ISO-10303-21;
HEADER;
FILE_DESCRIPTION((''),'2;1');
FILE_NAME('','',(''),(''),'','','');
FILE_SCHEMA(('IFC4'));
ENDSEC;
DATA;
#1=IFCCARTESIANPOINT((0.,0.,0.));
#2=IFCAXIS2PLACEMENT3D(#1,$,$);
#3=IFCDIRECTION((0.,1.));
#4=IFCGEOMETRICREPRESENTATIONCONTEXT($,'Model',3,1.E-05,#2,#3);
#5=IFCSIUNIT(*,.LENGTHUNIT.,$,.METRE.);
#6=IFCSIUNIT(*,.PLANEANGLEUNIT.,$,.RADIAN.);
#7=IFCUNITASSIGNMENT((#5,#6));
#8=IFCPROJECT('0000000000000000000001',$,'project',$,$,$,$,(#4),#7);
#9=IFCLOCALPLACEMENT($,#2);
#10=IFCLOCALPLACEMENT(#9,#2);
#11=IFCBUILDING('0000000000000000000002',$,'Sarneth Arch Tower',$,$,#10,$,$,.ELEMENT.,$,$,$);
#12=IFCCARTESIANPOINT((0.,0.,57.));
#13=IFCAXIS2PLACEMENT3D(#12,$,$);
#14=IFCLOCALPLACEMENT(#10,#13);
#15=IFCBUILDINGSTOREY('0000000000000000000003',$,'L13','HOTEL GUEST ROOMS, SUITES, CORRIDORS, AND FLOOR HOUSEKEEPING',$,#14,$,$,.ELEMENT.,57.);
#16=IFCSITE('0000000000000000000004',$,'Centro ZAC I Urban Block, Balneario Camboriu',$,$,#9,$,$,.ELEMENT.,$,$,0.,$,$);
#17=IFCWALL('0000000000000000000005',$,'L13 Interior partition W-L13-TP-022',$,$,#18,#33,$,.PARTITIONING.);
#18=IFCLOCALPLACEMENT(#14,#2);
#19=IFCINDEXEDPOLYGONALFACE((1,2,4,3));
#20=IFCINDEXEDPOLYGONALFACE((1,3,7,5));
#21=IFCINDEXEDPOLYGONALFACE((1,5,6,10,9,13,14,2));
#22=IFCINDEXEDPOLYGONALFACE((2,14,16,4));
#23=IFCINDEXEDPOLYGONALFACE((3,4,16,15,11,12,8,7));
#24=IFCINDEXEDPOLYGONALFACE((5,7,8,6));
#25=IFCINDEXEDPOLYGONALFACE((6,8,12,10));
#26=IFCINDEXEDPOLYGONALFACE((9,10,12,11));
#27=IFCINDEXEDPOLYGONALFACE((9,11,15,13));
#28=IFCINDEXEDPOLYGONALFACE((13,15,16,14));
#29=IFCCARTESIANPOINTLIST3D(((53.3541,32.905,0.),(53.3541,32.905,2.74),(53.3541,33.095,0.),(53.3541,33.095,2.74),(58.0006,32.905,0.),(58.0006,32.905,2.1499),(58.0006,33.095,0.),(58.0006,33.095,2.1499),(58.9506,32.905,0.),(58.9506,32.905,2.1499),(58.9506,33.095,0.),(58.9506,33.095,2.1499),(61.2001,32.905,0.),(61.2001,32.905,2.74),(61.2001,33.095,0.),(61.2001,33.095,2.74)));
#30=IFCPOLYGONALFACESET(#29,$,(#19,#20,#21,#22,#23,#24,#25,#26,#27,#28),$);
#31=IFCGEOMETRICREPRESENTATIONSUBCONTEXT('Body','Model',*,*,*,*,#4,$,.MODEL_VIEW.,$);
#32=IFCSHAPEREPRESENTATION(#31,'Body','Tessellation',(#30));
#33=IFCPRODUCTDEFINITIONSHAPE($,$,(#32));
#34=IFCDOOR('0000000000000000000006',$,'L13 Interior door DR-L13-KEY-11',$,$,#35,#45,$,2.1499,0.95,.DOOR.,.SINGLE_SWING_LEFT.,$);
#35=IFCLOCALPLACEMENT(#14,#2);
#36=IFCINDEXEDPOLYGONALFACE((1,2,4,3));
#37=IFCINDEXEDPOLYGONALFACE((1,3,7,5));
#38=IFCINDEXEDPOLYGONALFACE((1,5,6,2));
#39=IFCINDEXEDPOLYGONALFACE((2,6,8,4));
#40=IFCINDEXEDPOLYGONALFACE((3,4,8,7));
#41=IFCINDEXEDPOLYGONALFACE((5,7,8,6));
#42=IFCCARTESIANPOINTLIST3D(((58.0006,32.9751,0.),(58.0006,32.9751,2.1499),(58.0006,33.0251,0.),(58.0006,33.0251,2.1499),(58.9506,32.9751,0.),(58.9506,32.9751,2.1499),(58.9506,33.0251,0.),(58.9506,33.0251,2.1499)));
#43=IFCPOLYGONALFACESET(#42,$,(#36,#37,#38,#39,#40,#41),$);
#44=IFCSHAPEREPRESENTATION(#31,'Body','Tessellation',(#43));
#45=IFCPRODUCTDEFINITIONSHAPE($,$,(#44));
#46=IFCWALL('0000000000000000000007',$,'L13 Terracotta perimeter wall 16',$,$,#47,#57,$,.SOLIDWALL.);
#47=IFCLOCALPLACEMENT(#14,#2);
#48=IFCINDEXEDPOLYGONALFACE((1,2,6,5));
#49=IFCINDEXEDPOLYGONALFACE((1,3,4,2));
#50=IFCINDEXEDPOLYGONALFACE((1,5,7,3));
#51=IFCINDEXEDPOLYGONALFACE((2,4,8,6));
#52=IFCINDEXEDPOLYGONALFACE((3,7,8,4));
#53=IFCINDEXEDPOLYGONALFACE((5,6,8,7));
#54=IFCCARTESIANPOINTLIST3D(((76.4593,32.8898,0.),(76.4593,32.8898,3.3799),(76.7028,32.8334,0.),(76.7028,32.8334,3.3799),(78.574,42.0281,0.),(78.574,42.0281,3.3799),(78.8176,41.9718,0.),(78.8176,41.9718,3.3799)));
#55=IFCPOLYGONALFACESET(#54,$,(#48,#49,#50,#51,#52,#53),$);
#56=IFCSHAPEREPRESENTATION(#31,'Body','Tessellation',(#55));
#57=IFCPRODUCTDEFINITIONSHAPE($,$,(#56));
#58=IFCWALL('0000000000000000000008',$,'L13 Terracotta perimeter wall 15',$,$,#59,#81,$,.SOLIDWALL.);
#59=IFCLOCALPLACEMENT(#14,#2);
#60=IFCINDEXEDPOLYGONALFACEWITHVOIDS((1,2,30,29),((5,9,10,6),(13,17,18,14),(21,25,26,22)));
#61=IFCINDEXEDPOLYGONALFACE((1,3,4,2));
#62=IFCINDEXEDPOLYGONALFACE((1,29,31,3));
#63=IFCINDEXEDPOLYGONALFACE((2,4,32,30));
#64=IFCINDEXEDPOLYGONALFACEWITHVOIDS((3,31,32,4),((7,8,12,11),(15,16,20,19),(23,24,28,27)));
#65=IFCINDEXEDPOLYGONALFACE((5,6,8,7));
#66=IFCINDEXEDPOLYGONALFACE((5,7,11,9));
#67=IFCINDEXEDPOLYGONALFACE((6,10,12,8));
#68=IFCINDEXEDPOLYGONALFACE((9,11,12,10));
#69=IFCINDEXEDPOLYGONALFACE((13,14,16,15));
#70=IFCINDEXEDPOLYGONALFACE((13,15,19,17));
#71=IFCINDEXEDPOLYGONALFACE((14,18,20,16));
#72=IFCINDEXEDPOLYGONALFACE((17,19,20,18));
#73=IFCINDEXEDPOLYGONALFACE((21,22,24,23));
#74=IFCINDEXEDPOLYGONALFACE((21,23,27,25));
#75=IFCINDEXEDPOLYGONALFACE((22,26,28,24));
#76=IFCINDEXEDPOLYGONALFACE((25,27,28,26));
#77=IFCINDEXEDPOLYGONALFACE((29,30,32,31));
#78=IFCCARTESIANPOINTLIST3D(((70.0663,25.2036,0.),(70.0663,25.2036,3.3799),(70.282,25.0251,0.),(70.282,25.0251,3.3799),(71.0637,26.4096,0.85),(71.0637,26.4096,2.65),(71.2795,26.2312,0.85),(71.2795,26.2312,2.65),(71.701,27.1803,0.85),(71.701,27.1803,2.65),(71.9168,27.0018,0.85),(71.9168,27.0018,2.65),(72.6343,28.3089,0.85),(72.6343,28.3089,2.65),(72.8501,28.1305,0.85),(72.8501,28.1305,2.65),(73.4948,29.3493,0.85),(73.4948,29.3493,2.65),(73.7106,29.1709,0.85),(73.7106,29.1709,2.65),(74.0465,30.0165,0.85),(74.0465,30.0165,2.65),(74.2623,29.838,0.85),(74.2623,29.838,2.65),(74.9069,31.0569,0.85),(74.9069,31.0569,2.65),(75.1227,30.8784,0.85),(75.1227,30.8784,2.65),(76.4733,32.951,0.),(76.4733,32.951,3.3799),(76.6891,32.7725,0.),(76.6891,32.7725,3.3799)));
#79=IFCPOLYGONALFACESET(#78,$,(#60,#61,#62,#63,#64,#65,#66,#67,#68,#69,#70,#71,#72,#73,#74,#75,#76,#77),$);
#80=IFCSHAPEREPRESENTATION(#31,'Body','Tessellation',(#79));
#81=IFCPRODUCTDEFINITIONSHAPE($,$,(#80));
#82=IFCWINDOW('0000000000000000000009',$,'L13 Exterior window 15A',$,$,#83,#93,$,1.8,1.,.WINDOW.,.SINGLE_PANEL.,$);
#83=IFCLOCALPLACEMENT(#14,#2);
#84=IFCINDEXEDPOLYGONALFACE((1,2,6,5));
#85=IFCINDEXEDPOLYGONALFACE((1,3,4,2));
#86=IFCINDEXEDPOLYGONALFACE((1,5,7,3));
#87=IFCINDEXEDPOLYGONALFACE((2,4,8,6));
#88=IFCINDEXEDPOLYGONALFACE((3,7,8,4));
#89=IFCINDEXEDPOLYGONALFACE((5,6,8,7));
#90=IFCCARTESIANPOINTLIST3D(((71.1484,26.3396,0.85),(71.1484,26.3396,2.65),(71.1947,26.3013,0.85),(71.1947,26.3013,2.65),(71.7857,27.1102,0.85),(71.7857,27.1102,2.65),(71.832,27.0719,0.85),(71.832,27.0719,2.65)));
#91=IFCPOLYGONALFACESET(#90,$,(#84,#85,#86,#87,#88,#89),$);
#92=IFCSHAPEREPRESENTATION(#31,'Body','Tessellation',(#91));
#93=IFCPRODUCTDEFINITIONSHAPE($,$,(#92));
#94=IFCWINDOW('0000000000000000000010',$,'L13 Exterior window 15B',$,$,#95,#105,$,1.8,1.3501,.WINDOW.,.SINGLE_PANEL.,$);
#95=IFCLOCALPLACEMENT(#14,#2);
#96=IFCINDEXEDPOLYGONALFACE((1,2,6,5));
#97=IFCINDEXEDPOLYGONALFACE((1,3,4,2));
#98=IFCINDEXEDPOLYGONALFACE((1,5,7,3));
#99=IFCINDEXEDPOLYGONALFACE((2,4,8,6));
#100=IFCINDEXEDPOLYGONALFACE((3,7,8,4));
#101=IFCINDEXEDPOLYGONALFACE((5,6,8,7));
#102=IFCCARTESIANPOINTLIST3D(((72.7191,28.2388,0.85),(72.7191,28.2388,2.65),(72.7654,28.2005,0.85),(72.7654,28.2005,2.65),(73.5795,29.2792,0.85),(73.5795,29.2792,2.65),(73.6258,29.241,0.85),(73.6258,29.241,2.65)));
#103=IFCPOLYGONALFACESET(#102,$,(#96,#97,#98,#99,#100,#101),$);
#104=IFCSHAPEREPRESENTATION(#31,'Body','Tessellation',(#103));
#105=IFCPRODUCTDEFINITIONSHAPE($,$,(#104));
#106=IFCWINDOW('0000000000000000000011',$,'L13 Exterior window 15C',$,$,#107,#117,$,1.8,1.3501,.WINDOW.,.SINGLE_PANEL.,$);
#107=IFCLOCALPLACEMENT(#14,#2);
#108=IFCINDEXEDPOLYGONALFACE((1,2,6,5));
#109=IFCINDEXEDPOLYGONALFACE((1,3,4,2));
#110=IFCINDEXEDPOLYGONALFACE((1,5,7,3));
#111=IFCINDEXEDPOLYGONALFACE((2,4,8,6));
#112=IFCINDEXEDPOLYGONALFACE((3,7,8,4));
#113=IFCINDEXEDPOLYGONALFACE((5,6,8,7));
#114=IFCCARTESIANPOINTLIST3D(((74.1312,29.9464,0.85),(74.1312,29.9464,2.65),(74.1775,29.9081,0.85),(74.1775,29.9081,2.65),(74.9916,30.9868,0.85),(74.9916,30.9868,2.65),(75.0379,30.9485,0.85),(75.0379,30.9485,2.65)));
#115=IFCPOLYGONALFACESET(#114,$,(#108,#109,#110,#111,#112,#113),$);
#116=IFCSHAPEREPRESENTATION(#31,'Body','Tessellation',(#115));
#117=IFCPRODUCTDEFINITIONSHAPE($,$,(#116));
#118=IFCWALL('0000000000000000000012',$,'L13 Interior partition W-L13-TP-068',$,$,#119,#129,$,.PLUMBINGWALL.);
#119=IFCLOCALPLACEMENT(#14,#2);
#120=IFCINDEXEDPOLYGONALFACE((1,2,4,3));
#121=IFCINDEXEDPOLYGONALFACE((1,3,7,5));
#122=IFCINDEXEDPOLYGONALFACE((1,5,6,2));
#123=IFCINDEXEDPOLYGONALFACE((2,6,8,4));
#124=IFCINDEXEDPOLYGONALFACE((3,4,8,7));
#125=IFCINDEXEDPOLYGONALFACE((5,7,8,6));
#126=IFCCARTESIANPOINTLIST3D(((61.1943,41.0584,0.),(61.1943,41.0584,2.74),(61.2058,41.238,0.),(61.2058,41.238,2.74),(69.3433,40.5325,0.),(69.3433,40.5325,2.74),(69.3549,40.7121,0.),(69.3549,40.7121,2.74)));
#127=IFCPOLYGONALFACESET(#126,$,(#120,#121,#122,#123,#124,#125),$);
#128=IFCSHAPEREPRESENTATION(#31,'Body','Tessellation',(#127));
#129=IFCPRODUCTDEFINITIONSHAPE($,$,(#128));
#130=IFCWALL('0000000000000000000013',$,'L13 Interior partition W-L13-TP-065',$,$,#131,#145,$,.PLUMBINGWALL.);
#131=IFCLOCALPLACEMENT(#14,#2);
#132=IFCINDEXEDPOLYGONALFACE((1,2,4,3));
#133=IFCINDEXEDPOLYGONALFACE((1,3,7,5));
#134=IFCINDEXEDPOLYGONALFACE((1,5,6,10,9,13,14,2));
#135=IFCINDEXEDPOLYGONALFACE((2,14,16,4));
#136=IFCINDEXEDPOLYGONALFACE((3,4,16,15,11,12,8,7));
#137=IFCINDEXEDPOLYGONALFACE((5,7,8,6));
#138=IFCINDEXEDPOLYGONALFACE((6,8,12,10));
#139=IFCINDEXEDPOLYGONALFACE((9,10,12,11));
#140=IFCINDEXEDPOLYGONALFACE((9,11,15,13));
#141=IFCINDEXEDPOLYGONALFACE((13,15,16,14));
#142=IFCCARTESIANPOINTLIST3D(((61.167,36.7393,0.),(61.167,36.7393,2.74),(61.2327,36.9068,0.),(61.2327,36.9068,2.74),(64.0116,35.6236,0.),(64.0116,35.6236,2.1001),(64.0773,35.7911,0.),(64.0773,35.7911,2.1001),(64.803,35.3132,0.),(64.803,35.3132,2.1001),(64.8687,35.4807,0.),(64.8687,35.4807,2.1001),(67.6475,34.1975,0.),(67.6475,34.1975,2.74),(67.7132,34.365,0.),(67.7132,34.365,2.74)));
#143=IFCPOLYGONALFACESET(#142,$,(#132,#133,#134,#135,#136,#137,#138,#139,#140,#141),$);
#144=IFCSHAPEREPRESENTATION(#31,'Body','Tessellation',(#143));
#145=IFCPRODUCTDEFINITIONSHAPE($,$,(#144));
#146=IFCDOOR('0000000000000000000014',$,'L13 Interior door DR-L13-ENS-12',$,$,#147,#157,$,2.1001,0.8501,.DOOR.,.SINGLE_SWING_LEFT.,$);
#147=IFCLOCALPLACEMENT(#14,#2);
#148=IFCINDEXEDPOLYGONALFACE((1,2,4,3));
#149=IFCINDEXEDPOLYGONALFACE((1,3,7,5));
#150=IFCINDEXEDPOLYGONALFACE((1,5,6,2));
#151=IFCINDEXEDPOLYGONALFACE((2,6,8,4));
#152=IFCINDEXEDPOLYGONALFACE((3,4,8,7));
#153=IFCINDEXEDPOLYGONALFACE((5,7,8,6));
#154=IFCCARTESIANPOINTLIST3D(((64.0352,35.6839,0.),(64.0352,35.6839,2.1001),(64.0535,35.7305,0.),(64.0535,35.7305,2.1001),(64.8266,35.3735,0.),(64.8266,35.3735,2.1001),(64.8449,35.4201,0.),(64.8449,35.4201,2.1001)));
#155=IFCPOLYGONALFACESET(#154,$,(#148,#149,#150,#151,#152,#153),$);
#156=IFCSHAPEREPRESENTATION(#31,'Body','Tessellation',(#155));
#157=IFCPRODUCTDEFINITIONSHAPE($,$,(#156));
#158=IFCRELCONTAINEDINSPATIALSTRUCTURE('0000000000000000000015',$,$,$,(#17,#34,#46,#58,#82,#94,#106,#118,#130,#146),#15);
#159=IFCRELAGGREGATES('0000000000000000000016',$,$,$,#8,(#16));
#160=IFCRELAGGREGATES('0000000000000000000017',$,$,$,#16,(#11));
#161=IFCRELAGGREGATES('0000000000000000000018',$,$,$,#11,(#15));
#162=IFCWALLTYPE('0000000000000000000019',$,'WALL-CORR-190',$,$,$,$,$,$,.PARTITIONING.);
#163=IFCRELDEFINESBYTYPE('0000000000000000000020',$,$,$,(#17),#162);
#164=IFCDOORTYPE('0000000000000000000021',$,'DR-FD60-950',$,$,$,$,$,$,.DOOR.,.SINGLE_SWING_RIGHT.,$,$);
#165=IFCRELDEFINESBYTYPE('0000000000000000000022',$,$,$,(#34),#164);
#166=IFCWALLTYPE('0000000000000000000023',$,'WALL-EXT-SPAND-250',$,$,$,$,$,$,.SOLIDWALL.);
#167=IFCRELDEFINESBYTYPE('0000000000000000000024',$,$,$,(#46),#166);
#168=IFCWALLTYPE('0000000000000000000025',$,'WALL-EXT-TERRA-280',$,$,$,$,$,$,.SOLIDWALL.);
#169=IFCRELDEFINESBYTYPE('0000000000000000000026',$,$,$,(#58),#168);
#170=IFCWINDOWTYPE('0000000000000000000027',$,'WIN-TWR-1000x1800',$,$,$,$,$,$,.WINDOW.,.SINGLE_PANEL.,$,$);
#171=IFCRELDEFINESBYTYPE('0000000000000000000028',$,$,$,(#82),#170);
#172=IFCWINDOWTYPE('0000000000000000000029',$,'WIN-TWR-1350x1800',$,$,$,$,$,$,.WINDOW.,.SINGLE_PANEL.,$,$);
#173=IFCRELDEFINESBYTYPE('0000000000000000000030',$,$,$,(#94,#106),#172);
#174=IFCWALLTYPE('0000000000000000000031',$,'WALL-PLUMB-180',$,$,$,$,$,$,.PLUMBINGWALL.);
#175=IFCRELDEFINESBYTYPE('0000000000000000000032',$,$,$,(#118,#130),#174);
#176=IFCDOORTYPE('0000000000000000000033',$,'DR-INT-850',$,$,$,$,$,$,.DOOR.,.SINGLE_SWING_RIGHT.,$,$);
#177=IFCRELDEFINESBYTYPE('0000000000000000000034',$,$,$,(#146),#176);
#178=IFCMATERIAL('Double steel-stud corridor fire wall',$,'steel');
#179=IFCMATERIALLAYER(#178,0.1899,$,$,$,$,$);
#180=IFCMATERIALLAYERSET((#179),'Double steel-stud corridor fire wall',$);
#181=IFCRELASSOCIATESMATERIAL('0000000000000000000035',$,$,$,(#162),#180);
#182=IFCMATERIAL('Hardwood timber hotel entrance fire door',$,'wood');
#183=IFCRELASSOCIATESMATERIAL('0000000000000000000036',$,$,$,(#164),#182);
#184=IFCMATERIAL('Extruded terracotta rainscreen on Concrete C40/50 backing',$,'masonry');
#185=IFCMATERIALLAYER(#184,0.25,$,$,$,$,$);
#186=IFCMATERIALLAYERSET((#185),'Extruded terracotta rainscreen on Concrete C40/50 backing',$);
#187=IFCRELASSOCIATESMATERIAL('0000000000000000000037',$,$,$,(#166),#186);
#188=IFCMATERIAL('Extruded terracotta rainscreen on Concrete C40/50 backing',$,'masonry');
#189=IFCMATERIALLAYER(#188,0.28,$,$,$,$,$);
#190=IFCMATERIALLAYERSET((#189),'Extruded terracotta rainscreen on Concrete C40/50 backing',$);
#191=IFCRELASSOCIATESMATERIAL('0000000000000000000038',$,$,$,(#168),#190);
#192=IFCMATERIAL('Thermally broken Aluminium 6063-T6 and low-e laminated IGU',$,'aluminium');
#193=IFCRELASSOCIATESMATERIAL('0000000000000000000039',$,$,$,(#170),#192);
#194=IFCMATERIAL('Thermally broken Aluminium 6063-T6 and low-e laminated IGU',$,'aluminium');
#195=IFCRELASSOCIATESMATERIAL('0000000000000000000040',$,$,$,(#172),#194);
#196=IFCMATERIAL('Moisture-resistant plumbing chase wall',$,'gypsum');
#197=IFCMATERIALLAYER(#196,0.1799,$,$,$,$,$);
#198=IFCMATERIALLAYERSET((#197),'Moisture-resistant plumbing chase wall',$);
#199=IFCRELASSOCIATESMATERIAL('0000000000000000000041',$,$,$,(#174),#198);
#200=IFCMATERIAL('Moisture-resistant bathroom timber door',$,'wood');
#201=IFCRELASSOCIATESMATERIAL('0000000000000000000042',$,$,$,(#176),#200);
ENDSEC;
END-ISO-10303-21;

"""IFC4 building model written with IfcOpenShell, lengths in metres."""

from ifc_helpers import new_model, si_unit, direction, frame, frame_2d, origin, place, context, subcontext, project, spatial, rectangle, extrude, material, layer, layer_set, type_object, element, fill, save


model = new_model("IFC4")

# Units and contexts
model_context = context("Model", 3, precision=1e-05, world=origin(), true_north=direction((0.0, 1.0)))
body_context = subcontext(model_context, "Body", "Model", "MODEL_VIEW")
ifc_project = project(units=[si_unit("LENGTHUNIT", "METRE"), si_unit("PLANEANGLEUNIT", "RADIAN")], contexts=[model_context])

# Site, building, storey
site_placement = place(None, origin())
site = spatial("IfcSite", under=ifc_project, at=site_placement, Name="Centro ZAC I Urban Block, Balneario Camboriu", CompositionType="ELEMENT", RefElevation=0.0)
building_placement = place(site_placement, origin())
building = spatial("IfcBuilding", under=site, at=building_placement, Name="Sarneth Arch Tower", CompositionType="ELEMENT")
storey_placement = place(building_placement, frame((0.0, 0.0, 57.0)))
storey = spatial("IfcBuildingStorey", under=building, at=storey_placement, Name="L13", Description="HOTEL GUEST ROOMS, SUITES, CORRIDORS, AND FLOOR HOUSEKEEPING", CompositionType="ELEMENT", Elevation=57.0)

# Wall, opening, door
ifc_material_1 = material(Name="Double steel-stud corridor fire wall", Category="steel")
ifc_layer_1 = layer(ifc_material_1, 0.1899)
ifc_layer_set_1 = layer_set([ifc_layer_1], Name="Double steel-stud corridor fire wall")
wall_type_1 = type_object("IfcWallType", Name="WALL-CORR-190", PredefinedType="PARTITIONING", material=ifc_layer_set_1)
wall_1_placement = place(storey_placement, frame((61.2, 33.0, 0.0), z_axis=(0.0, 0.0, 1.0), x_axis=(-1.0, 0.0, 0.0)))
wall_1 = element("IfcWall", 1, at=wall_1_placement, inside=storey, type_object=wall_type_1, Name="L13 Interior partition W-L13-TP-022", PredefinedType="PARTITIONING", context=body_context, shape_type="SweptSolid", body=[
    extrude(rectangle(XDim=7.8459, YDim=0.1899, at=frame_2d((3.9229, 0.0))), origin(), (0.0, 0.0, 1.0), 2.74),
])
opening_1_placement = place(wall_1_placement, frame((2.2493, 0.0, 0.0)))
opening_1 = element("IfcOpeningElement", 2, at=opening_1_placement, cuts=wall_1, PredefinedType="OPENING", context=body_context, shape_type="SweptSolid", body=[
    extrude(rectangle(XDim=0.95, YDim=2.1499, at=frame_2d((0.4751, 1.075))), frame((0.0, 0.105, 0.0), z_axis=(0.0, -1.0, 0.0), x_axis=(1.0, 0.0, 0.0)), (0.0, 0.0, 1.0), 0.21),
])
ifc_material_2 = material(Name="Hardwood timber hotel entrance fire door", Category="wood")
door_type_1 = type_object("IfcDoorType", Name="DR-FD60-950", OperationType="SINGLE_SWING_RIGHT", PredefinedType="DOOR", material=ifc_material_2)
door_1_placement = place(opening_1_placement, origin())
door_1 = element("IfcDoor", 3, at=door_1_placement, inside=storey, type_object=door_type_1, Name="L13 Interior door DR-L13-KEY-11", OperationType="SINGLE_SWING_LEFT", OverallHeight=2.1499, OverallWidth=0.95, PredefinedType="DOOR", context=body_context, shape_type="SweptSolid", body=[
    extrude(rectangle(XDim=0.95, YDim=2.1499, at=frame_2d((0.4751, 1.075))), frame((0.0, 0.0249, 0.0), z_axis=(0.0, -1.0, 0.0), x_axis=(1.0, 0.0, 0.0)), (0.0, 0.0, 1.0), 0.05),
])
fill(opening_1, door_1)

# Wall
ifc_material_3 = material(Name="Extruded terracotta rainscreen on Concrete C40/50 backing", Category="masonry")
ifc_layer_2 = layer(ifc_material_3, 0.25)
ifc_layer_set_2 = layer_set([ifc_layer_2], Name="Extruded terracotta rainscreen on Concrete C40/50 backing")
wall_type_2 = type_object("IfcWallType", Name="WALL-EXT-SPAND-250", PredefinedType="SOLIDWALL", material=ifc_layer_set_2)
wall_2_placement = place(storey_placement, frame((76.5811, 32.8616, 0.0), z_axis=(0.0, 0.0, 1.0), x_axis=(0.225454, 0.974254, 0.0)))
element("IfcWall", 4, at=wall_2_placement, inside=storey, type_object=wall_type_2, Name="L13 Terracotta perimeter wall 16", PredefinedType="SOLIDWALL", context=body_context, shape_type="SweptSolid", body=[
    extrude(rectangle(XDim=9.3799, YDim=0.25, at=frame_2d((4.6899, 0.0))), origin(), (0.0, 0.0, 1.0), 3.3799),
])

# Wall, openings, windows
ifc_material_4 = material(Name="Extruded terracotta rainscreen on Concrete C40/50 backing", Category="masonry")
ifc_layer_3 = layer(ifc_material_4, 0.28)
ifc_layer_set_3 = layer_set([ifc_layer_3], Name="Extruded terracotta rainscreen on Concrete C40/50 backing")
wall_type_3 = type_object("IfcWallType", Name="WALL-EXT-TERRA-280", PredefinedType="SOLIDWALL", material=ifc_layer_set_3)
wall_3_placement = place(storey_placement, frame((70.1741, 25.1143, 0.0), z_axis=(0.0, 0.0, 1.0), x_axis=(0.637297, 0.770618, 0.0)))
wall_3 = element("IfcWall", 5, at=wall_3_placement, inside=storey, type_object=wall_type_3, Name="L13 Terracotta perimeter wall 15", PredefinedType="SOLIDWALL", context=body_context, shape_type="SweptSolid", body=[
    extrude(rectangle(XDim=10.0535, YDim=0.28, at=frame_2d((5.0269, 0.0))), origin(), (0.0, 0.0, 1.0), 3.3799),
])
opening_2_placement = place(wall_3_placement, frame((1.5652, 0.0, 0.8501)))
opening_2 = element("IfcOpeningElement", 6, at=opening_2_placement, cuts=wall_3, PredefinedType="OPENING", context=body_context, shape_type="SweptSolid", body=[
    extrude(rectangle(XDim=1.0, YDim=1.8, at=frame_2d((0.5, 0.8999))), frame((0.0, 0.1499, 0.0), z_axis=(0.0, -1.0, 0.0), x_axis=(1.0, 0.0, 0.0)), (0.0, 0.0, 1.0), 0.3),
])
opening_3_placement = place(wall_3_placement, frame((4.0298, 0.0, 0.8501)))
opening_3 = element("IfcOpeningElement", 7, at=opening_3_placement, cuts=wall_3, PredefinedType="OPENING", context=body_context, shape_type="SweptSolid", body=[
    extrude(rectangle(XDim=1.3501, YDim=1.8, at=frame_2d((0.675, 0.8999))), frame((0.0, 0.1499, 0.0), z_axis=(0.0, -1.0, 0.0), x_axis=(1.0, 0.0, 0.0)), (0.0, 0.0, 1.0), 0.3),
])
opening_4_placement = place(wall_3_placement, frame((6.2456, 0.0, 0.8501)))
opening_4 = element("IfcOpeningElement", 8, at=opening_4_placement, cuts=wall_3, PredefinedType="OPENING", context=body_context, shape_type="SweptSolid", body=[
    extrude(rectangle(XDim=1.3501, YDim=1.8, at=frame_2d((0.675, 0.8999))), frame((0.0, 0.1499, 0.0), z_axis=(0.0, -1.0, 0.0), x_axis=(1.0, 0.0, 0.0)), (0.0, 0.0, 1.0), 0.3),
])
ifc_material_5 = material(Name="Thermally broken Aluminium 6063-T6 and low-e laminated IGU", Category="aluminium")
window_type_1 = type_object("IfcWindowType", Name="WIN-TWR-1000x1800", PartitioningType="SINGLE_PANEL", PredefinedType="WINDOW", material=ifc_material_5)
window_1_placement = place(opening_2_placement, origin())
window_1 = element("IfcWindow", 9, at=window_1_placement, inside=storey, type_object=window_type_1, Name="L13 Exterior window 15A", OverallHeight=1.8, OverallWidth=1.0, PartitioningType="SINGLE_PANEL", PredefinedType="WINDOW", context=body_context, shape_type="SweptSolid", body=[
    extrude(rectangle(XDim=1.0, YDim=1.8, at=frame_2d((0.5, 0.8999))), frame((0.0, 0.03, 0.0), z_axis=(0.0, -1.0, 0.0), x_axis=(1.0, 0.0, 0.0)), (0.0, 0.0, 1.0), 0.0601),
])
fill(opening_2, window_1)
ifc_material_6 = material(Name="Thermally broken Aluminium 6063-T6 and low-e laminated IGU", Category="aluminium")
window_type_2 = type_object("IfcWindowType", Name="WIN-TWR-1350x1800", PartitioningType="SINGLE_PANEL", PredefinedType="WINDOW", material=ifc_material_6)
window_2_placement = place(opening_3_placement, origin())
window_2 = element("IfcWindow", 10, at=window_2_placement, inside=storey, type_object=window_type_2, Name="L13 Exterior window 15B", OverallHeight=1.8, OverallWidth=1.3501, PartitioningType="SINGLE_PANEL", PredefinedType="WINDOW", context=body_context, shape_type="SweptSolid", body=[
    extrude(rectangle(XDim=1.3501, YDim=1.8, at=frame_2d((0.675, 0.8999))), frame((0.0, 0.03, 0.0), z_axis=(0.0, -1.0, 0.0), x_axis=(1.0, 0.0, 0.0)), (0.0, 0.0, 1.0), 0.0601),
])
fill(opening_3, window_2)
window_3_placement = place(opening_4_placement, origin())
window_3 = element("IfcWindow", 11, at=window_3_placement, inside=storey, type_object=window_type_2, Name="L13 Exterior window 15C", OverallHeight=1.8, OverallWidth=1.3501, PartitioningType="SINGLE_PANEL", PredefinedType="WINDOW", context=body_context, shape_type="SweptSolid", body=[
    extrude(rectangle(XDim=1.3501, YDim=1.8, at=frame_2d((0.675, 0.8999))), frame((0.0, 0.03, 0.0), z_axis=(0.0, -1.0, 0.0), x_axis=(1.0, 0.0, 0.0)), (0.0, 0.0, 1.0), 0.0601),
])
fill(opening_4, window_3)

# Wall
ifc_material_7 = material(Name="Moisture-resistant plumbing chase wall", Category="gypsum")
ifc_layer_4 = layer(ifc_material_7, 0.1799)
ifc_layer_set_4 = layer_set([ifc_layer_4], Name="Moisture-resistant plumbing chase wall")
wall_type_4 = type_object("IfcWallType", Name="WALL-PLUMB-180", PredefinedType="PLUMBINGWALL", material=ifc_layer_set_4)
wall_4_placement = place(storey_placement, frame((69.3491, 40.6223, 0.0), z_axis=(0.0, 0.0, 1.0), x_axis=(-0.997924, 0.064398, 0.0)))
element("IfcWall", 12, at=wall_4_placement, inside=storey, type_object=wall_type_4, Name="L13 Interior partition W-L13-TP-068", PredefinedType="PLUMBINGWALL", context=body_context, shape_type="SweptSolid", body=[
    extrude(rectangle(XDim=8.166, YDim=0.1799, at=frame_2d((4.083, 0.0))), origin(), (0.0, 0.0, 1.0), 2.74),
])

# Wall, opening, door
wall_5_placement = place(storey_placement, frame((61.2, 36.823, 0.0), z_axis=(0.0, 0.0, 1.0), x_axis=(0.930954, -0.365136, 0.0)))
wall_5 = element("IfcWall", 13, at=wall_5_placement, inside=storey, type_object=wall_type_4, Name="L13 Interior partition W-L13-TP-065", PredefinedType="PLUMBINGWALL", context=body_context, shape_type="SweptSolid", body=[
    extrude(rectangle(XDim=6.9612, YDim=0.1799, at=frame_2d((3.4805, 0.0))), origin(), (0.0, 0.0, 1.0), 2.74),
])
opening_5_placement = place(wall_5_placement, frame((3.0554, 0.0, 0.0)))
opening_5 = element("IfcOpeningElement", 14, at=opening_5_placement, cuts=wall_5, PredefinedType="OPENING", context=body_context, shape_type="SweptSolid", body=[
    extrude(rectangle(XDim=0.8501, YDim=2.1001, at=frame_2d((0.425, 1.05))), frame((0.0, 0.0999, 0.0), z_axis=(0.0, -1.0, 0.0), x_axis=(1.0, 0.0, 0.0)), (0.0, 0.0, 1.0), 0.2),
])
ifc_material_8 = material(Name="Moisture-resistant bathroom timber door", Category="wood")
door_type_2 = type_object("IfcDoorType", Name="DR-INT-850", OperationType="SINGLE_SWING_RIGHT", PredefinedType="DOOR", material=ifc_material_8)
door_2_placement = place(opening_5_placement, origin())
door_2 = element("IfcDoor", 15, at=door_2_placement, inside=storey, type_object=door_type_2, Name="L13 Interior door DR-L13-ENS-12", OperationType="SINGLE_SWING_LEFT", OverallHeight=2.1001, OverallWidth=0.8501, PredefinedType="DOOR", context=body_context, shape_type="SweptSolid", body=[
    extrude(rectangle(XDim=0.8501, YDim=2.1001, at=frame_2d((0.425, 1.05))), frame((0.0, 0.0249, 0.0), z_axis=(0.0, -1.0, 0.0), x_axis=(1.0, 0.0, 0.0)), (0.0, 0.0, 1.0), 0.05),
])
fill(opening_5, door_2)

save(model, "model.ifc")
